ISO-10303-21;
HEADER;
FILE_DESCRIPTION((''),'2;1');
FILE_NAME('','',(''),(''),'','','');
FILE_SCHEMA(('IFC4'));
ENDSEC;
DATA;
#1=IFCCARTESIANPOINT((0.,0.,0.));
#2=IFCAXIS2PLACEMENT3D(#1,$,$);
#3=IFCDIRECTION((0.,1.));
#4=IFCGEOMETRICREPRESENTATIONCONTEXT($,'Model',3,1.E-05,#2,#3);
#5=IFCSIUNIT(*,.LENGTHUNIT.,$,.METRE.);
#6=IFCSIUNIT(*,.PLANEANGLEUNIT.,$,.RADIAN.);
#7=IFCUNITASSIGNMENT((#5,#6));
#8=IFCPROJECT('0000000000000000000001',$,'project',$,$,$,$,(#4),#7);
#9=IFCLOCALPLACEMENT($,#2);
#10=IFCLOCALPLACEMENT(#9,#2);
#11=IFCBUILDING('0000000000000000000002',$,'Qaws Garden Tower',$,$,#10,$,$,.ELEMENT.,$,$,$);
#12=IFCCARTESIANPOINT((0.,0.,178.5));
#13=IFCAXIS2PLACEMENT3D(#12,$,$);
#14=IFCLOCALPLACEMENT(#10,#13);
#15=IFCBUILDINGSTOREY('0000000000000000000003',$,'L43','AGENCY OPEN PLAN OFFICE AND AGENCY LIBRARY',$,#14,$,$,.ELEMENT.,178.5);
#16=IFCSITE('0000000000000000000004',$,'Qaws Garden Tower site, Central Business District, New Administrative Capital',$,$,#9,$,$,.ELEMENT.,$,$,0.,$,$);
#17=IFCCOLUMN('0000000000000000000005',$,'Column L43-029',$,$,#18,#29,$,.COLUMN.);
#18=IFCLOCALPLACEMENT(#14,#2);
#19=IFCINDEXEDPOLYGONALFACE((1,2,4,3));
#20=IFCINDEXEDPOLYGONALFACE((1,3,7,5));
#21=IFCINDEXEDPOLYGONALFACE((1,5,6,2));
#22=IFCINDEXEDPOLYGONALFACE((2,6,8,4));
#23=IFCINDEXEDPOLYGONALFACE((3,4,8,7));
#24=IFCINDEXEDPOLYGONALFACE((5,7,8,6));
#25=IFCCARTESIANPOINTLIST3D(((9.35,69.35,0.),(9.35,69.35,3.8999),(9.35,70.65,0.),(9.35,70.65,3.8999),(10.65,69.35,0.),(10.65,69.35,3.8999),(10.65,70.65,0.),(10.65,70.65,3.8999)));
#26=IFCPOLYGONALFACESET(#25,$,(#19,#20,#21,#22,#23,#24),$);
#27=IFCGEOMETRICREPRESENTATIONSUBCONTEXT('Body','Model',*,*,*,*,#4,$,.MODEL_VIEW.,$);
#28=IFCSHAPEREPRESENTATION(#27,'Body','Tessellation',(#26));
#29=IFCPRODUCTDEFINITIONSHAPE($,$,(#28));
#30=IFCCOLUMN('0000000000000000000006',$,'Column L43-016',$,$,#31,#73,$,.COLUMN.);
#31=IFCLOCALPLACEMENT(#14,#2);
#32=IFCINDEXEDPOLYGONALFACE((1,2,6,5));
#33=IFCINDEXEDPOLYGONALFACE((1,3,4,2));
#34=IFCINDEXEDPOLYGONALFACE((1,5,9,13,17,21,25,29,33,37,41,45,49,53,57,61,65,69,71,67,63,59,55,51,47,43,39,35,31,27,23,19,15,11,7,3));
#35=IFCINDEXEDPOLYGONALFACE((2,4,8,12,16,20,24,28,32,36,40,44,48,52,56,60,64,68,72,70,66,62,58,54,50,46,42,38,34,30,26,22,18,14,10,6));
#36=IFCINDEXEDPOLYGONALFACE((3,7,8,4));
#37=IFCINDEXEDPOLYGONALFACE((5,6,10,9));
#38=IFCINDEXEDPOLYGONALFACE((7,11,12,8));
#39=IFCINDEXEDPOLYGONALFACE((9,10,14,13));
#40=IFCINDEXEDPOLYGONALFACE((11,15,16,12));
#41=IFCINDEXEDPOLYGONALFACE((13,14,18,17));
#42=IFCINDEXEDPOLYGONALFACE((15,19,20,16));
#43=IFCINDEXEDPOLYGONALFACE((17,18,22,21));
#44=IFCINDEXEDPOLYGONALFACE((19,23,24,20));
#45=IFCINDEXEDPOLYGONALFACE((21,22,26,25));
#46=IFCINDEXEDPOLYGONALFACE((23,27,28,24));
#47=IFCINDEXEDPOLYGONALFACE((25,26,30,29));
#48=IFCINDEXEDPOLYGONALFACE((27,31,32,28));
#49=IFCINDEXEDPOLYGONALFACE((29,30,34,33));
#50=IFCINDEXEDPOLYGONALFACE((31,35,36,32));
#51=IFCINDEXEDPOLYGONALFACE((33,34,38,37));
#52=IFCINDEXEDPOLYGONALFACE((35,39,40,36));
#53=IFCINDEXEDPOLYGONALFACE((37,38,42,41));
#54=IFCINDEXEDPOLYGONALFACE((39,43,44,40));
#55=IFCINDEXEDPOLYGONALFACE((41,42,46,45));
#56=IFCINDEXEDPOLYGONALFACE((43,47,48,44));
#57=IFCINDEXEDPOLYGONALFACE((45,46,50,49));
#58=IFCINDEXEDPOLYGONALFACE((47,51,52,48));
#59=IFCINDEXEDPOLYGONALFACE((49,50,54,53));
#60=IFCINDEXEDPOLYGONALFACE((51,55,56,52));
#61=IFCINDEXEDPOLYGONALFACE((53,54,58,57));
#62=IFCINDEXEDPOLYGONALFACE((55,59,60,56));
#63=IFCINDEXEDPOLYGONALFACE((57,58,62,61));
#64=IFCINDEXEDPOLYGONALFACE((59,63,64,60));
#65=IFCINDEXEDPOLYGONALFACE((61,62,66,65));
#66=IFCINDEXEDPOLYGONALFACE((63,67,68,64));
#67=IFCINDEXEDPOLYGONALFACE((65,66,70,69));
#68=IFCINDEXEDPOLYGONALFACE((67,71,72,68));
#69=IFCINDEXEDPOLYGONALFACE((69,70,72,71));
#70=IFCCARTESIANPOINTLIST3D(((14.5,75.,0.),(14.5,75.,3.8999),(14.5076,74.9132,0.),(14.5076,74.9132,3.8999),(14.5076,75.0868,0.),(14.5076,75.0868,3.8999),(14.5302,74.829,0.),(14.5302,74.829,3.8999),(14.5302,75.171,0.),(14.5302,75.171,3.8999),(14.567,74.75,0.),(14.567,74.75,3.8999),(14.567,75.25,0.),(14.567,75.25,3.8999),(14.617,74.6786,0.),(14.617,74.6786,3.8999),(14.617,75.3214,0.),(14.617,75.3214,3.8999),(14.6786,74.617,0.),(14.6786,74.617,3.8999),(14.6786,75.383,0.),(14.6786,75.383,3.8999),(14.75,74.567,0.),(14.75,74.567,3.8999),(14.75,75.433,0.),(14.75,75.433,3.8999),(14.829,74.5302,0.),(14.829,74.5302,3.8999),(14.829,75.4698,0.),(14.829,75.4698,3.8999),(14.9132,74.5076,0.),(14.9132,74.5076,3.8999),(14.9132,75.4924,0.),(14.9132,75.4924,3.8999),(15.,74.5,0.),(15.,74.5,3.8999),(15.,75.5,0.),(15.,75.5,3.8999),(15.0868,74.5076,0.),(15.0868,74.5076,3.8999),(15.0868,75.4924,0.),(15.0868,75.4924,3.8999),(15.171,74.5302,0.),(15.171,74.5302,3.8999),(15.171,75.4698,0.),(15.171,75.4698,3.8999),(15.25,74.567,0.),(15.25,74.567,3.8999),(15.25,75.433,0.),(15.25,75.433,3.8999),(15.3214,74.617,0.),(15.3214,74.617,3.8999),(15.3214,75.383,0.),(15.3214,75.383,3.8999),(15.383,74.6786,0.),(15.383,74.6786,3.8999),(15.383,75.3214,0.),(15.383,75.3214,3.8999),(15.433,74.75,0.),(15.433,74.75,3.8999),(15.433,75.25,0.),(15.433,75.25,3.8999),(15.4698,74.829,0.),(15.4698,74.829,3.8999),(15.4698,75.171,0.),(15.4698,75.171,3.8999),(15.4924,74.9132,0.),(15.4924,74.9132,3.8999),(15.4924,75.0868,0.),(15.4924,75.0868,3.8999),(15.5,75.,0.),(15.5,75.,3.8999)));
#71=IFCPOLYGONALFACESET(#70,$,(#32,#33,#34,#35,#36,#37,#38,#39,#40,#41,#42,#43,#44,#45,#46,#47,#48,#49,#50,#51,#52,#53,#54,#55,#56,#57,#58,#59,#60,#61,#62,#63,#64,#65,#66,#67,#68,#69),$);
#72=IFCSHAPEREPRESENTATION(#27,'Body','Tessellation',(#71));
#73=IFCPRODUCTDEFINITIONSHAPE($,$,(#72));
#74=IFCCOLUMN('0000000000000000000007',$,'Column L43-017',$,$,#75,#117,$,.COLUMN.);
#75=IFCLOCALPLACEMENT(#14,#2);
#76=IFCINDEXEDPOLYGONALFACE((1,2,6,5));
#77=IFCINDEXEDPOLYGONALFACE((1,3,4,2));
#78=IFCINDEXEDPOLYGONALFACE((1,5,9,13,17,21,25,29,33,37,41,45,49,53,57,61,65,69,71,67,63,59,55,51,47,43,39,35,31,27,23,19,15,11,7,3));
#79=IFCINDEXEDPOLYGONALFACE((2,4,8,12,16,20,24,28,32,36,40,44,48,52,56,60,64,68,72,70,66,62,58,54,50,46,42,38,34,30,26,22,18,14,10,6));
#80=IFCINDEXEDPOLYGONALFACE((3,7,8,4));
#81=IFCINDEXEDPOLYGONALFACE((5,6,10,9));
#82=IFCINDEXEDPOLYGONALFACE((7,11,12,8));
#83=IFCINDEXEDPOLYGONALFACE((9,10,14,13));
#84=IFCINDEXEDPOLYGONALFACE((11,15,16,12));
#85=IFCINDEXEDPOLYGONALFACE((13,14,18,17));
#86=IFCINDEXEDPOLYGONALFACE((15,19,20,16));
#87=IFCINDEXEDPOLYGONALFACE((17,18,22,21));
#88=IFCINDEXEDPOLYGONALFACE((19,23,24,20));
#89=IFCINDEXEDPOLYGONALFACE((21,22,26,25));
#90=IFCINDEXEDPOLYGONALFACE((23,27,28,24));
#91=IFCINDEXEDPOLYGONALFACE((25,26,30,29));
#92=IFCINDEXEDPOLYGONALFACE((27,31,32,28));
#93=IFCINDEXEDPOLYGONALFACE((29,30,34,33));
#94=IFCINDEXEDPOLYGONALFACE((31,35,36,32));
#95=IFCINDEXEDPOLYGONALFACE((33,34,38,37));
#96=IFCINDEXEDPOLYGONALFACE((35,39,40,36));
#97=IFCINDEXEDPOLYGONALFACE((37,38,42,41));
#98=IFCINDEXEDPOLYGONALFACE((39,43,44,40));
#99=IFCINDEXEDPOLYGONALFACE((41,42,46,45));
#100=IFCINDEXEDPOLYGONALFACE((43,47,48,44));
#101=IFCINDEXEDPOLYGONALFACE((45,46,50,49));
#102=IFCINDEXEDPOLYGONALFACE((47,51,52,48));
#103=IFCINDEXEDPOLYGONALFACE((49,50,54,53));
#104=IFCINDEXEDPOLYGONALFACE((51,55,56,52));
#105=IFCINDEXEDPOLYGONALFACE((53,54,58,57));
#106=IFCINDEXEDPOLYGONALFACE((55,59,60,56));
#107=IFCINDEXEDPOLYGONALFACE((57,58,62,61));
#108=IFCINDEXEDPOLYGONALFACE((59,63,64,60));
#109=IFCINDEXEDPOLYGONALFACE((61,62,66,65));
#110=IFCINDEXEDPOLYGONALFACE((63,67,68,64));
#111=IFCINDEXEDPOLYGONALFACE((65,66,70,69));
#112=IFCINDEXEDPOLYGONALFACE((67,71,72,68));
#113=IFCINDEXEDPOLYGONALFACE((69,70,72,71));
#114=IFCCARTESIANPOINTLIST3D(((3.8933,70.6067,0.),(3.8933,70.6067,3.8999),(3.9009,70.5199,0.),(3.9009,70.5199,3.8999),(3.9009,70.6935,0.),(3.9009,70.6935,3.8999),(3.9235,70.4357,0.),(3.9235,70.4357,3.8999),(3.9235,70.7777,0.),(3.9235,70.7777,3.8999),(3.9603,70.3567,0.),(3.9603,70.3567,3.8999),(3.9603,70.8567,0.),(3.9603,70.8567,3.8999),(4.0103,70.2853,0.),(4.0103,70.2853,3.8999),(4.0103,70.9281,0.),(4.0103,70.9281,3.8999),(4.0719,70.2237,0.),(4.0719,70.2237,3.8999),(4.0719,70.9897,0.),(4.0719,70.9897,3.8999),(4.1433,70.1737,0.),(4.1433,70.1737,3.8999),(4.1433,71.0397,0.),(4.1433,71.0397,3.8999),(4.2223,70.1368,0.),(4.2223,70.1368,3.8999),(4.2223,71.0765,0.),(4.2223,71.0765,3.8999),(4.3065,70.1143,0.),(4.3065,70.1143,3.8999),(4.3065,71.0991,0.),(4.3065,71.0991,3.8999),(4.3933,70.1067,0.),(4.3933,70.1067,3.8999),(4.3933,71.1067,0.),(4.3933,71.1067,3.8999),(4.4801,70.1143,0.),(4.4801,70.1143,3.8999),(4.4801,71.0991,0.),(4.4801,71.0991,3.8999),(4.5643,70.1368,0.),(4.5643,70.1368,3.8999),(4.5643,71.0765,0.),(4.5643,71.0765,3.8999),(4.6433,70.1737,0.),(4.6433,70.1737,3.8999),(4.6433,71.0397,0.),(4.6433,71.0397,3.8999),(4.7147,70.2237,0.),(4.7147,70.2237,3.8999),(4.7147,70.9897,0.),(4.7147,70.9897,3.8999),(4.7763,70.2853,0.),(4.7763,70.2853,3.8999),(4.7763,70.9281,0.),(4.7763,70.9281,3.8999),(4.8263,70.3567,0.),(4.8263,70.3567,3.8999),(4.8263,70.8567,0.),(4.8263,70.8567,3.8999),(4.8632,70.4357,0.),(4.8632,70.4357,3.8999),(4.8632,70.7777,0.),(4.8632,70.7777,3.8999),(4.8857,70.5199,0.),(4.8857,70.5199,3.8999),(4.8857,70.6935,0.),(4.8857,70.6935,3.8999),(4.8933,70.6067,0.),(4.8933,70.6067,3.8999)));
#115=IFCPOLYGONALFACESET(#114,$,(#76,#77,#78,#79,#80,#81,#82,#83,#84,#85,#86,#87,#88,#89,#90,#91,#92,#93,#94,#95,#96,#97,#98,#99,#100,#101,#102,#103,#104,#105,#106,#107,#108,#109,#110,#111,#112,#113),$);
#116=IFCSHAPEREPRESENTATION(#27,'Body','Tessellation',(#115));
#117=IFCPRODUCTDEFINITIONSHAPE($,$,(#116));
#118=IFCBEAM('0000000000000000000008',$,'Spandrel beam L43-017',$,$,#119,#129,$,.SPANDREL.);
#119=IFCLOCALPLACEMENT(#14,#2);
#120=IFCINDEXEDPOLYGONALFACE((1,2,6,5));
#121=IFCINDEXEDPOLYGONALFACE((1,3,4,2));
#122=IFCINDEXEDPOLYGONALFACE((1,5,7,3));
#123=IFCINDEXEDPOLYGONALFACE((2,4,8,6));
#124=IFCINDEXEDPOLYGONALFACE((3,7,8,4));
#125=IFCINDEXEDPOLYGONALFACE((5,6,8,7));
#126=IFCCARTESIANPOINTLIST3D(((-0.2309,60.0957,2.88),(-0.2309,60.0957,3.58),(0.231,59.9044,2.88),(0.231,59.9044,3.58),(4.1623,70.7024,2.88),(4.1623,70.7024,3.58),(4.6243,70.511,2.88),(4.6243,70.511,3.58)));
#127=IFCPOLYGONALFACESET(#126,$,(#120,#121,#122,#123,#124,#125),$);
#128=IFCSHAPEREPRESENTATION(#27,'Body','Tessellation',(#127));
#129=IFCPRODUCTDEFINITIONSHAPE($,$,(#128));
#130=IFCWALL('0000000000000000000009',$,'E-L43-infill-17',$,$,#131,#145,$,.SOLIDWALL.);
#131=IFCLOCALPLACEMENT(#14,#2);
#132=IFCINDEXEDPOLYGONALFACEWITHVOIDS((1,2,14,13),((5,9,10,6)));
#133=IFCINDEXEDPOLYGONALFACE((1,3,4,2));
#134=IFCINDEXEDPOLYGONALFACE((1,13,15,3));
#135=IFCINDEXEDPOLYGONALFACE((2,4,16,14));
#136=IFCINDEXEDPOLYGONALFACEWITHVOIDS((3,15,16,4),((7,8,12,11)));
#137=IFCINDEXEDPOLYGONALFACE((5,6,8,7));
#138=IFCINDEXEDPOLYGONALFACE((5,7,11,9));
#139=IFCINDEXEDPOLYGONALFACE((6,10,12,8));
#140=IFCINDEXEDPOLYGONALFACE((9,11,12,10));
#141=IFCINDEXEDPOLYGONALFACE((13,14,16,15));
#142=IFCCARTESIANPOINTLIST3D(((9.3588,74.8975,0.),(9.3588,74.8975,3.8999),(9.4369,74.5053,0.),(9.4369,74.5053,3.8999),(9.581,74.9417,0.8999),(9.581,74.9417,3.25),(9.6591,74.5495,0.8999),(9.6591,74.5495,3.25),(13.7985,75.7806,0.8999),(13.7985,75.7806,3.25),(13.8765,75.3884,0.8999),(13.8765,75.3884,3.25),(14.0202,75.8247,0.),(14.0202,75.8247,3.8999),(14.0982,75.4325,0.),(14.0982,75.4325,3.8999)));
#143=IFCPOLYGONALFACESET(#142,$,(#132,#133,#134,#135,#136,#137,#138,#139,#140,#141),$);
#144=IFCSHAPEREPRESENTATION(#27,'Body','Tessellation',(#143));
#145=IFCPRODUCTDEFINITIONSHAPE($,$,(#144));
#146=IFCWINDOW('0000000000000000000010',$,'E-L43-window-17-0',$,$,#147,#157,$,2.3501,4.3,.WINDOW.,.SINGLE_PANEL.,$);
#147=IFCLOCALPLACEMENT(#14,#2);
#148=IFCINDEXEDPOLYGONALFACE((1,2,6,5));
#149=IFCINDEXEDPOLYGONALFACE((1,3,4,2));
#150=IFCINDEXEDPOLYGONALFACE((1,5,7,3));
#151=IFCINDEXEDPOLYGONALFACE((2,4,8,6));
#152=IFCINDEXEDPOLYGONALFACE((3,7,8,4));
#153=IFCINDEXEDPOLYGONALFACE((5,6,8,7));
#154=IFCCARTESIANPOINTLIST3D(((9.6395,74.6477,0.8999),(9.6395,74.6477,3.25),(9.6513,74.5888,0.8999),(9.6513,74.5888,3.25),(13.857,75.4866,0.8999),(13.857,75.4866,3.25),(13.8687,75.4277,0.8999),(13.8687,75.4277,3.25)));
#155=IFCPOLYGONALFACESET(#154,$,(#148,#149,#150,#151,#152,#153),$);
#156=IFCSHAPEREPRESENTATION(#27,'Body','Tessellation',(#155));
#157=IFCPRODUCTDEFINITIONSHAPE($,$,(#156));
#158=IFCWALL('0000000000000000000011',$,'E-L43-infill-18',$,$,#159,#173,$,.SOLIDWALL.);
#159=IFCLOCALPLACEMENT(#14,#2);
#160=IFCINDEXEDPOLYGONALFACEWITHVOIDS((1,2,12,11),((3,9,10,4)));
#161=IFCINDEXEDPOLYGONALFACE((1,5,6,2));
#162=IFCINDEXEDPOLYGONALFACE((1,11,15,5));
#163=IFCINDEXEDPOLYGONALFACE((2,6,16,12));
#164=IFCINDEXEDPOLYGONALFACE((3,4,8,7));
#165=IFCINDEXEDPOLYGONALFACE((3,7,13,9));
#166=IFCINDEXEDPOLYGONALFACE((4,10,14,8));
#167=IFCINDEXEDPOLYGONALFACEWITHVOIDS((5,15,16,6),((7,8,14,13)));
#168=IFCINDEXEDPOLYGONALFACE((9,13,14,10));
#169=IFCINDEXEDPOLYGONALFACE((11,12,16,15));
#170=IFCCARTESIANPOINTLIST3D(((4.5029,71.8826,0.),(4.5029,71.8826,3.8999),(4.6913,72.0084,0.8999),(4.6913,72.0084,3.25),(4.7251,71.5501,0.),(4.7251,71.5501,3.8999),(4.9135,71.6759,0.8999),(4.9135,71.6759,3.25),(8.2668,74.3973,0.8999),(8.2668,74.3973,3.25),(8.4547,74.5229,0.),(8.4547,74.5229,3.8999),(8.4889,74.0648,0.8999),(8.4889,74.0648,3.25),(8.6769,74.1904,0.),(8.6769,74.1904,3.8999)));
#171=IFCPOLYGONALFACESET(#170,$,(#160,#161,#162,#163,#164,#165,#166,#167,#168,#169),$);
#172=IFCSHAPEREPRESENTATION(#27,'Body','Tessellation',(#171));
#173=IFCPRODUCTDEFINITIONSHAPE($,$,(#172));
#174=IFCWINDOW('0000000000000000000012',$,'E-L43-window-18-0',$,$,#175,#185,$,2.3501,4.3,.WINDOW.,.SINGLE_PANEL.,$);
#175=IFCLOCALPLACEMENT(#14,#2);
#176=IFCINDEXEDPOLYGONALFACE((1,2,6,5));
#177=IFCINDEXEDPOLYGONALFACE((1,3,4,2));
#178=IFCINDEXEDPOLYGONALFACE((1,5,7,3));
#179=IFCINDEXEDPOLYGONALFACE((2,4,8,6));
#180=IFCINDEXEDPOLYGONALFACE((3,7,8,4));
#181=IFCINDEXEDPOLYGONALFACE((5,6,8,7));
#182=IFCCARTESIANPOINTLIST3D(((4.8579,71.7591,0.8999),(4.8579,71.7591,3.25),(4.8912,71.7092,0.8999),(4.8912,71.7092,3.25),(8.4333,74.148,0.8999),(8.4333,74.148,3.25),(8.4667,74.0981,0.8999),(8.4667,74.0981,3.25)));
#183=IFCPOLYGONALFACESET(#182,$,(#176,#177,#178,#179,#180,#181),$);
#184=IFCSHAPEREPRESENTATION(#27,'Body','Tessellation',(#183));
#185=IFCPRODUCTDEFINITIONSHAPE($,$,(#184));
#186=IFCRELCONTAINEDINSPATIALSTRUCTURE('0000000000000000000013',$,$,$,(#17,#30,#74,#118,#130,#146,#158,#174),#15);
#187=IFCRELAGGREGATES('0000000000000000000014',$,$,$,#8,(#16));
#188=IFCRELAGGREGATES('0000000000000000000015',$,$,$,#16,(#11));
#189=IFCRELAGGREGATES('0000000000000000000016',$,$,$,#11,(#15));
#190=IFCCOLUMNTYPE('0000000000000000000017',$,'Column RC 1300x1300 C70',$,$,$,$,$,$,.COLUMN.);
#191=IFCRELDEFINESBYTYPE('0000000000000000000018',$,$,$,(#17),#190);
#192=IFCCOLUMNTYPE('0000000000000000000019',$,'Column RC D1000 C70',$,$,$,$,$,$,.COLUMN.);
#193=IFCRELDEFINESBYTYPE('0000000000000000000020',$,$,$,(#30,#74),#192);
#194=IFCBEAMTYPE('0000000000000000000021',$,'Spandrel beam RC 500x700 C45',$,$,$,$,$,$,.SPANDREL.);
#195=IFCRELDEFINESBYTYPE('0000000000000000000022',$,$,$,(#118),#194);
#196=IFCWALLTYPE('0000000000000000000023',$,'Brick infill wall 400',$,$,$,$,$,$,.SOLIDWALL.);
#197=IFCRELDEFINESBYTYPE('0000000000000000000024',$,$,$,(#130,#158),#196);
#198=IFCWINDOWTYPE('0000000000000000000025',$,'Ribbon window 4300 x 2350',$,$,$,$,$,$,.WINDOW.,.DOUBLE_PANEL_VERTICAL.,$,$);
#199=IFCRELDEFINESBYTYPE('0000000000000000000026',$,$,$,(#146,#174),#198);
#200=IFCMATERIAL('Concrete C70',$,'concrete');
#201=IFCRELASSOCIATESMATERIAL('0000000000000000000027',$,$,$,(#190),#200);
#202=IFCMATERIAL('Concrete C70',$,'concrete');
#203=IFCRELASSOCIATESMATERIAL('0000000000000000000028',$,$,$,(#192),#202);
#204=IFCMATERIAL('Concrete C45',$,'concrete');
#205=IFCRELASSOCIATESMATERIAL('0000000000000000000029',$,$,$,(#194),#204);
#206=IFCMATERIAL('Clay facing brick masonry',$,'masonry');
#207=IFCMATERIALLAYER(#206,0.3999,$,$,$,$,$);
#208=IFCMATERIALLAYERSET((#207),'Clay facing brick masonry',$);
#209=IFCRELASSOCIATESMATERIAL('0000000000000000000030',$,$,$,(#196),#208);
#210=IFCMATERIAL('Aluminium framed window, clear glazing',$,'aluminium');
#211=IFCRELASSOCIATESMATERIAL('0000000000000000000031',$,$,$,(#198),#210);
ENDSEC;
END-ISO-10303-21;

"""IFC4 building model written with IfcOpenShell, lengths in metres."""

from ifc_helpers import new_model, si_unit, direction, frame, frame_2d, origin, origin_2d, place, context, subcontext, project, spatial, rectangle, circle, extrude, material, layer, layer_set, material_profile, profile_set, type_object, element, fill, save


model = new_model("IFC4")

# Units and contexts
model_context = context("Model", 3, precision=1e-05, world=origin(), true_north=direction((0.0, 1.0)))
body_context = subcontext(model_context, "Body", "Model", "MODEL_VIEW")
ifc_project = project(units=[si_unit("LENGTHUNIT", "METRE"), si_unit("PLANEANGLEUNIT", "RADIAN")], contexts=[model_context])

# Site, building, storey
site_placement = place(None, origin())
site = spatial("IfcSite", under=ifc_project, at=site_placement, Name="Qaws Garden Tower site, Central Business District, New Administrative Capital", CompositionType="ELEMENT", RefElevation=0.0)
building_placement = place(site_placement, origin())
building = spatial("IfcBuilding", under=site, at=building_placement, Name="Qaws Garden Tower", CompositionType="ELEMENT")
storey_placement = place(building_placement, frame((0.0, 0.0, 178.5)))
storey = spatial("IfcBuildingStorey", under=building, at=storey_placement, Name="L43", Description="AGENCY OPEN PLAN OFFICE AND AGENCY LIBRARY", CompositionType="ELEMENT", Elevation=178.5)

# Columns
ifc_material_1 = material(Name="Concrete C70", Category="concrete")
ifc_material_profile_1 = material_profile(ifc_material_1, rectangle(XDim=1.3, YDim=1.3, at=origin_2d()), Name="RC 1300x1300")
ifc_profile_set_1 = profile_set([ifc_material_profile_1], Name="Concrete C70")
column_type_1 = type_object("IfcColumnType", Name="Column RC 1300x1300 C70", PredefinedType="COLUMN", material=ifc_profile_set_1)
column_placement = place(storey_placement, frame((10.0, 70.0, 0.0), z_axis=(0.0, 0.0, 1.0), x_axis=(1.0, 0.0, 0.0)))
element("IfcColumn", 1, at=column_placement, inside=storey, type_object=column_type_1, Name="Column L43-029", PredefinedType="COLUMN", context=body_context, shape_type="SweptSolid", body=[
    extrude(rectangle(XDim=1.3, YDim=1.3, at=origin_2d()), origin(), (0.0, 0.0, 1.0), 3.8999),
])
ifc_material_2 = material(Name="Concrete C70", Category="concrete")
ifc_material_profile_2 = material_profile(ifc_material_2, circle(Radius=0.5, at=origin_2d()), Name="RC D1000")
ifc_profile_set_2 = profile_set([ifc_material_profile_2], Name="Concrete C70")
column_type_2 = type_object("IfcColumnType", Name="Column RC D1000 C70", PredefinedType="COLUMN", material=ifc_profile_set_2)
for number, where, z_axis, x_axis, name in (
    (2, (15.0, 75.0, 0.0), (0.0, 0.0, 1.0), (1.0, 0.0, 0.0), "Column L43-016"),
    (3, (4.3933, 70.6067, 0.0), (0.0, 0.0, 1.0), (1.0, 0.0, 0.0), "Column L43-017"),
):
    element("IfcColumn", number, at=place(storey_placement, frame(where, z_axis=z_axis, x_axis=x_axis)), inside=storey, type_object=column_type_2, Name=name, PredefinedType="COLUMN", context=body_context, shape_type="SweptSolid", body=[
        extrude(circle(Radius=0.5, at=origin_2d()), origin(), (0.0, 0.0, 1.0), 3.8999),
    ])

# Beam
ifc_material_3 = material(Name="Concrete C45", Category="concrete")
ifc_material_profile_3 = material_profile(ifc_material_3, rectangle(XDim=0.5, YDim=0.7, at=origin_2d()), Name="RC 500x700")
ifc_profile_set_3 = profile_set([ifc_material_profile_3], Name="Concrete C45")
beam_type = type_object("IfcBeamType", Name="Spandrel beam RC 500x700 C45", PredefinedType="SPANDREL", material=ifc_profile_set_3)
beam_placement = place(storey_placement, frame((4.3933, 70.6067, 3.23), z_axis=(-0.382674, -0.923883, 0.0), x_axis=(0.923883, -0.382674, 0.0)))
element("IfcBeam", 4, at=beam_placement, inside=storey, type_object=beam_type, Name="Spandrel beam L43-017", PredefinedType="SPANDREL", context=body_context, shape_type="SweptSolid", body=[
    extrude(rectangle(XDim=0.5, YDim=0.7, at=origin_2d()), origin(), (0.0, 0.0, 1.0), 11.4805),
])

# Walls, openings, windows
ifc_material_4 = material(Name="Clay facing brick masonry", Category="masonry")
ifc_layer_1 = layer(ifc_material_4, 0.3999)
ifc_layer_set_1 = layer_set([ifc_layer_1], Name="Clay facing brick masonry")
wall_type_1 = type_object("IfcWallType", Name="Brick infill wall 400", PredefinedType="SOLIDWALL", material=ifc_layer_set_1)
wall_1_placement = place(storey_placement, frame((14.0593, 75.6287, 0.0), z_axis=(0.0, 0.0, 1.0), x_axis=(-0.980784, -0.195099, 0.0)))
wall_1 = element("IfcWall", 5, at=wall_1_placement, inside=storey, type_object=wall_type_1, Name="E-L43-infill-17", PredefinedType="SOLIDWALL", context=body_context, shape_type="SweptSolid", body=[
    extrude(rectangle(XDim=4.7527, YDim=0.3999, at=frame_2d((2.3765, 0.0))), origin(), (0.0, 0.0, 1.0), 3.8999),
])
opening_1_placement = place(wall_1_placement, frame((0.2263, 0.0, 0.8999)))
opening_1 = element("IfcOpeningElement", 6, at=opening_1_placement, cuts=wall_1, PredefinedType="OPENING", context=body_context, shape_type="SweptSolid", body=[
    extrude(rectangle(XDim=4.3, YDim=2.3501, at=frame_2d((2.1499, 1.175))), frame((0.0, 0.21, 0.0), z_axis=(0.0, -1.0, 0.0), x_axis=(1.0, 0.0, 0.0)), (0.0, 0.0, 1.0), 0.4199),
])
ifc_material_5 = material(Name="Aluminium framed window, clear glazing", Category="aluminium")
window_type = type_object("IfcWindowType", Name="Ribbon window 4300 x 2350", PartitioningType="DOUBLE_PANEL_VERTICAL", PredefinedType="WINDOW", material=ifc_material_5)
window_1_placement = place(opening_1_placement, origin())
window_1 = element("IfcWindow", 7, at=window_1_placement, inside=storey, type_object=window_type, Name="E-L43-window-17-0", OverallHeight=2.3501, OverallWidth=4.3, PartitioningType="SINGLE_PANEL", PredefinedType="WINDOW", context=body_context, shape_type="SweptSolid", body=[
    extrude(rectangle(XDim=4.3, YDim=2.3501, at=frame_2d((2.1499, 1.175))), frame((0.0, 0.1599, 0.0), z_axis=(0.0, -1.0, 0.0), x_axis=(1.0, 0.0, 0.0)), (0.0, 0.0, 1.0), 0.0601),
])
fill(opening_1, window_1)
wall_2_placement = place(storey_placement, frame((8.5659, 74.3567, 0.0), z_axis=(0.0, 0.0, 1.0), x_axis=(-0.831489, -0.555542, 0.0)))
wall_2 = element("IfcWall", 8, at=wall_2_placement, inside=storey, type_object=wall_type_1, Name="E-L43-infill-18", PredefinedType="SOLIDWALL", context=body_context, shape_type="SweptSolid", body=[
    extrude(rectangle(XDim=4.7527, YDim=0.3999, at=frame_2d((2.3765, 0.0))), origin(), (0.0, 0.0, 1.0), 3.8999),
])
opening_2_placement = place(wall_2_placement, frame((0.2263, 0.0, 0.8999)))
opening_2 = element("IfcOpeningElement", 9, at=opening_2_placement, cuts=wall_2, PredefinedType="OPENING", context=body_context, shape_type="SweptSolid", body=[
    extrude(rectangle(XDim=4.3, YDim=2.3501, at=frame_2d((2.1499, 1.175))), frame((0.0, 0.21, 0.0), z_axis=(0.0, -1.0, 0.0), x_axis=(1.0, 0.0, 0.0)), (0.0, 0.0, 1.0), 0.4199),
])
window_2_placement = place(opening_2_placement, origin())
window_2 = element("IfcWindow", 10, at=window_2_placement, inside=storey, type_object=window_type, Name="E-L43-window-18-0", OverallHeight=2.3501, OverallWidth=4.3, PartitioningType="SINGLE_PANEL", PredefinedType="WINDOW", context=body_context, shape_type="SweptSolid", body=[
    extrude(rectangle(XDim=4.3, YDim=2.3501, at=frame_2d((2.1499, 1.175))), frame((0.0, 0.1599, 0.0), z_axis=(0.0, -1.0, 0.0), x_axis=(1.0, 0.0, 0.0)), (0.0, 0.0, 1.0), 0.0601),
])
fill(opening_2, window_2)

save(model, "model.ifc")
